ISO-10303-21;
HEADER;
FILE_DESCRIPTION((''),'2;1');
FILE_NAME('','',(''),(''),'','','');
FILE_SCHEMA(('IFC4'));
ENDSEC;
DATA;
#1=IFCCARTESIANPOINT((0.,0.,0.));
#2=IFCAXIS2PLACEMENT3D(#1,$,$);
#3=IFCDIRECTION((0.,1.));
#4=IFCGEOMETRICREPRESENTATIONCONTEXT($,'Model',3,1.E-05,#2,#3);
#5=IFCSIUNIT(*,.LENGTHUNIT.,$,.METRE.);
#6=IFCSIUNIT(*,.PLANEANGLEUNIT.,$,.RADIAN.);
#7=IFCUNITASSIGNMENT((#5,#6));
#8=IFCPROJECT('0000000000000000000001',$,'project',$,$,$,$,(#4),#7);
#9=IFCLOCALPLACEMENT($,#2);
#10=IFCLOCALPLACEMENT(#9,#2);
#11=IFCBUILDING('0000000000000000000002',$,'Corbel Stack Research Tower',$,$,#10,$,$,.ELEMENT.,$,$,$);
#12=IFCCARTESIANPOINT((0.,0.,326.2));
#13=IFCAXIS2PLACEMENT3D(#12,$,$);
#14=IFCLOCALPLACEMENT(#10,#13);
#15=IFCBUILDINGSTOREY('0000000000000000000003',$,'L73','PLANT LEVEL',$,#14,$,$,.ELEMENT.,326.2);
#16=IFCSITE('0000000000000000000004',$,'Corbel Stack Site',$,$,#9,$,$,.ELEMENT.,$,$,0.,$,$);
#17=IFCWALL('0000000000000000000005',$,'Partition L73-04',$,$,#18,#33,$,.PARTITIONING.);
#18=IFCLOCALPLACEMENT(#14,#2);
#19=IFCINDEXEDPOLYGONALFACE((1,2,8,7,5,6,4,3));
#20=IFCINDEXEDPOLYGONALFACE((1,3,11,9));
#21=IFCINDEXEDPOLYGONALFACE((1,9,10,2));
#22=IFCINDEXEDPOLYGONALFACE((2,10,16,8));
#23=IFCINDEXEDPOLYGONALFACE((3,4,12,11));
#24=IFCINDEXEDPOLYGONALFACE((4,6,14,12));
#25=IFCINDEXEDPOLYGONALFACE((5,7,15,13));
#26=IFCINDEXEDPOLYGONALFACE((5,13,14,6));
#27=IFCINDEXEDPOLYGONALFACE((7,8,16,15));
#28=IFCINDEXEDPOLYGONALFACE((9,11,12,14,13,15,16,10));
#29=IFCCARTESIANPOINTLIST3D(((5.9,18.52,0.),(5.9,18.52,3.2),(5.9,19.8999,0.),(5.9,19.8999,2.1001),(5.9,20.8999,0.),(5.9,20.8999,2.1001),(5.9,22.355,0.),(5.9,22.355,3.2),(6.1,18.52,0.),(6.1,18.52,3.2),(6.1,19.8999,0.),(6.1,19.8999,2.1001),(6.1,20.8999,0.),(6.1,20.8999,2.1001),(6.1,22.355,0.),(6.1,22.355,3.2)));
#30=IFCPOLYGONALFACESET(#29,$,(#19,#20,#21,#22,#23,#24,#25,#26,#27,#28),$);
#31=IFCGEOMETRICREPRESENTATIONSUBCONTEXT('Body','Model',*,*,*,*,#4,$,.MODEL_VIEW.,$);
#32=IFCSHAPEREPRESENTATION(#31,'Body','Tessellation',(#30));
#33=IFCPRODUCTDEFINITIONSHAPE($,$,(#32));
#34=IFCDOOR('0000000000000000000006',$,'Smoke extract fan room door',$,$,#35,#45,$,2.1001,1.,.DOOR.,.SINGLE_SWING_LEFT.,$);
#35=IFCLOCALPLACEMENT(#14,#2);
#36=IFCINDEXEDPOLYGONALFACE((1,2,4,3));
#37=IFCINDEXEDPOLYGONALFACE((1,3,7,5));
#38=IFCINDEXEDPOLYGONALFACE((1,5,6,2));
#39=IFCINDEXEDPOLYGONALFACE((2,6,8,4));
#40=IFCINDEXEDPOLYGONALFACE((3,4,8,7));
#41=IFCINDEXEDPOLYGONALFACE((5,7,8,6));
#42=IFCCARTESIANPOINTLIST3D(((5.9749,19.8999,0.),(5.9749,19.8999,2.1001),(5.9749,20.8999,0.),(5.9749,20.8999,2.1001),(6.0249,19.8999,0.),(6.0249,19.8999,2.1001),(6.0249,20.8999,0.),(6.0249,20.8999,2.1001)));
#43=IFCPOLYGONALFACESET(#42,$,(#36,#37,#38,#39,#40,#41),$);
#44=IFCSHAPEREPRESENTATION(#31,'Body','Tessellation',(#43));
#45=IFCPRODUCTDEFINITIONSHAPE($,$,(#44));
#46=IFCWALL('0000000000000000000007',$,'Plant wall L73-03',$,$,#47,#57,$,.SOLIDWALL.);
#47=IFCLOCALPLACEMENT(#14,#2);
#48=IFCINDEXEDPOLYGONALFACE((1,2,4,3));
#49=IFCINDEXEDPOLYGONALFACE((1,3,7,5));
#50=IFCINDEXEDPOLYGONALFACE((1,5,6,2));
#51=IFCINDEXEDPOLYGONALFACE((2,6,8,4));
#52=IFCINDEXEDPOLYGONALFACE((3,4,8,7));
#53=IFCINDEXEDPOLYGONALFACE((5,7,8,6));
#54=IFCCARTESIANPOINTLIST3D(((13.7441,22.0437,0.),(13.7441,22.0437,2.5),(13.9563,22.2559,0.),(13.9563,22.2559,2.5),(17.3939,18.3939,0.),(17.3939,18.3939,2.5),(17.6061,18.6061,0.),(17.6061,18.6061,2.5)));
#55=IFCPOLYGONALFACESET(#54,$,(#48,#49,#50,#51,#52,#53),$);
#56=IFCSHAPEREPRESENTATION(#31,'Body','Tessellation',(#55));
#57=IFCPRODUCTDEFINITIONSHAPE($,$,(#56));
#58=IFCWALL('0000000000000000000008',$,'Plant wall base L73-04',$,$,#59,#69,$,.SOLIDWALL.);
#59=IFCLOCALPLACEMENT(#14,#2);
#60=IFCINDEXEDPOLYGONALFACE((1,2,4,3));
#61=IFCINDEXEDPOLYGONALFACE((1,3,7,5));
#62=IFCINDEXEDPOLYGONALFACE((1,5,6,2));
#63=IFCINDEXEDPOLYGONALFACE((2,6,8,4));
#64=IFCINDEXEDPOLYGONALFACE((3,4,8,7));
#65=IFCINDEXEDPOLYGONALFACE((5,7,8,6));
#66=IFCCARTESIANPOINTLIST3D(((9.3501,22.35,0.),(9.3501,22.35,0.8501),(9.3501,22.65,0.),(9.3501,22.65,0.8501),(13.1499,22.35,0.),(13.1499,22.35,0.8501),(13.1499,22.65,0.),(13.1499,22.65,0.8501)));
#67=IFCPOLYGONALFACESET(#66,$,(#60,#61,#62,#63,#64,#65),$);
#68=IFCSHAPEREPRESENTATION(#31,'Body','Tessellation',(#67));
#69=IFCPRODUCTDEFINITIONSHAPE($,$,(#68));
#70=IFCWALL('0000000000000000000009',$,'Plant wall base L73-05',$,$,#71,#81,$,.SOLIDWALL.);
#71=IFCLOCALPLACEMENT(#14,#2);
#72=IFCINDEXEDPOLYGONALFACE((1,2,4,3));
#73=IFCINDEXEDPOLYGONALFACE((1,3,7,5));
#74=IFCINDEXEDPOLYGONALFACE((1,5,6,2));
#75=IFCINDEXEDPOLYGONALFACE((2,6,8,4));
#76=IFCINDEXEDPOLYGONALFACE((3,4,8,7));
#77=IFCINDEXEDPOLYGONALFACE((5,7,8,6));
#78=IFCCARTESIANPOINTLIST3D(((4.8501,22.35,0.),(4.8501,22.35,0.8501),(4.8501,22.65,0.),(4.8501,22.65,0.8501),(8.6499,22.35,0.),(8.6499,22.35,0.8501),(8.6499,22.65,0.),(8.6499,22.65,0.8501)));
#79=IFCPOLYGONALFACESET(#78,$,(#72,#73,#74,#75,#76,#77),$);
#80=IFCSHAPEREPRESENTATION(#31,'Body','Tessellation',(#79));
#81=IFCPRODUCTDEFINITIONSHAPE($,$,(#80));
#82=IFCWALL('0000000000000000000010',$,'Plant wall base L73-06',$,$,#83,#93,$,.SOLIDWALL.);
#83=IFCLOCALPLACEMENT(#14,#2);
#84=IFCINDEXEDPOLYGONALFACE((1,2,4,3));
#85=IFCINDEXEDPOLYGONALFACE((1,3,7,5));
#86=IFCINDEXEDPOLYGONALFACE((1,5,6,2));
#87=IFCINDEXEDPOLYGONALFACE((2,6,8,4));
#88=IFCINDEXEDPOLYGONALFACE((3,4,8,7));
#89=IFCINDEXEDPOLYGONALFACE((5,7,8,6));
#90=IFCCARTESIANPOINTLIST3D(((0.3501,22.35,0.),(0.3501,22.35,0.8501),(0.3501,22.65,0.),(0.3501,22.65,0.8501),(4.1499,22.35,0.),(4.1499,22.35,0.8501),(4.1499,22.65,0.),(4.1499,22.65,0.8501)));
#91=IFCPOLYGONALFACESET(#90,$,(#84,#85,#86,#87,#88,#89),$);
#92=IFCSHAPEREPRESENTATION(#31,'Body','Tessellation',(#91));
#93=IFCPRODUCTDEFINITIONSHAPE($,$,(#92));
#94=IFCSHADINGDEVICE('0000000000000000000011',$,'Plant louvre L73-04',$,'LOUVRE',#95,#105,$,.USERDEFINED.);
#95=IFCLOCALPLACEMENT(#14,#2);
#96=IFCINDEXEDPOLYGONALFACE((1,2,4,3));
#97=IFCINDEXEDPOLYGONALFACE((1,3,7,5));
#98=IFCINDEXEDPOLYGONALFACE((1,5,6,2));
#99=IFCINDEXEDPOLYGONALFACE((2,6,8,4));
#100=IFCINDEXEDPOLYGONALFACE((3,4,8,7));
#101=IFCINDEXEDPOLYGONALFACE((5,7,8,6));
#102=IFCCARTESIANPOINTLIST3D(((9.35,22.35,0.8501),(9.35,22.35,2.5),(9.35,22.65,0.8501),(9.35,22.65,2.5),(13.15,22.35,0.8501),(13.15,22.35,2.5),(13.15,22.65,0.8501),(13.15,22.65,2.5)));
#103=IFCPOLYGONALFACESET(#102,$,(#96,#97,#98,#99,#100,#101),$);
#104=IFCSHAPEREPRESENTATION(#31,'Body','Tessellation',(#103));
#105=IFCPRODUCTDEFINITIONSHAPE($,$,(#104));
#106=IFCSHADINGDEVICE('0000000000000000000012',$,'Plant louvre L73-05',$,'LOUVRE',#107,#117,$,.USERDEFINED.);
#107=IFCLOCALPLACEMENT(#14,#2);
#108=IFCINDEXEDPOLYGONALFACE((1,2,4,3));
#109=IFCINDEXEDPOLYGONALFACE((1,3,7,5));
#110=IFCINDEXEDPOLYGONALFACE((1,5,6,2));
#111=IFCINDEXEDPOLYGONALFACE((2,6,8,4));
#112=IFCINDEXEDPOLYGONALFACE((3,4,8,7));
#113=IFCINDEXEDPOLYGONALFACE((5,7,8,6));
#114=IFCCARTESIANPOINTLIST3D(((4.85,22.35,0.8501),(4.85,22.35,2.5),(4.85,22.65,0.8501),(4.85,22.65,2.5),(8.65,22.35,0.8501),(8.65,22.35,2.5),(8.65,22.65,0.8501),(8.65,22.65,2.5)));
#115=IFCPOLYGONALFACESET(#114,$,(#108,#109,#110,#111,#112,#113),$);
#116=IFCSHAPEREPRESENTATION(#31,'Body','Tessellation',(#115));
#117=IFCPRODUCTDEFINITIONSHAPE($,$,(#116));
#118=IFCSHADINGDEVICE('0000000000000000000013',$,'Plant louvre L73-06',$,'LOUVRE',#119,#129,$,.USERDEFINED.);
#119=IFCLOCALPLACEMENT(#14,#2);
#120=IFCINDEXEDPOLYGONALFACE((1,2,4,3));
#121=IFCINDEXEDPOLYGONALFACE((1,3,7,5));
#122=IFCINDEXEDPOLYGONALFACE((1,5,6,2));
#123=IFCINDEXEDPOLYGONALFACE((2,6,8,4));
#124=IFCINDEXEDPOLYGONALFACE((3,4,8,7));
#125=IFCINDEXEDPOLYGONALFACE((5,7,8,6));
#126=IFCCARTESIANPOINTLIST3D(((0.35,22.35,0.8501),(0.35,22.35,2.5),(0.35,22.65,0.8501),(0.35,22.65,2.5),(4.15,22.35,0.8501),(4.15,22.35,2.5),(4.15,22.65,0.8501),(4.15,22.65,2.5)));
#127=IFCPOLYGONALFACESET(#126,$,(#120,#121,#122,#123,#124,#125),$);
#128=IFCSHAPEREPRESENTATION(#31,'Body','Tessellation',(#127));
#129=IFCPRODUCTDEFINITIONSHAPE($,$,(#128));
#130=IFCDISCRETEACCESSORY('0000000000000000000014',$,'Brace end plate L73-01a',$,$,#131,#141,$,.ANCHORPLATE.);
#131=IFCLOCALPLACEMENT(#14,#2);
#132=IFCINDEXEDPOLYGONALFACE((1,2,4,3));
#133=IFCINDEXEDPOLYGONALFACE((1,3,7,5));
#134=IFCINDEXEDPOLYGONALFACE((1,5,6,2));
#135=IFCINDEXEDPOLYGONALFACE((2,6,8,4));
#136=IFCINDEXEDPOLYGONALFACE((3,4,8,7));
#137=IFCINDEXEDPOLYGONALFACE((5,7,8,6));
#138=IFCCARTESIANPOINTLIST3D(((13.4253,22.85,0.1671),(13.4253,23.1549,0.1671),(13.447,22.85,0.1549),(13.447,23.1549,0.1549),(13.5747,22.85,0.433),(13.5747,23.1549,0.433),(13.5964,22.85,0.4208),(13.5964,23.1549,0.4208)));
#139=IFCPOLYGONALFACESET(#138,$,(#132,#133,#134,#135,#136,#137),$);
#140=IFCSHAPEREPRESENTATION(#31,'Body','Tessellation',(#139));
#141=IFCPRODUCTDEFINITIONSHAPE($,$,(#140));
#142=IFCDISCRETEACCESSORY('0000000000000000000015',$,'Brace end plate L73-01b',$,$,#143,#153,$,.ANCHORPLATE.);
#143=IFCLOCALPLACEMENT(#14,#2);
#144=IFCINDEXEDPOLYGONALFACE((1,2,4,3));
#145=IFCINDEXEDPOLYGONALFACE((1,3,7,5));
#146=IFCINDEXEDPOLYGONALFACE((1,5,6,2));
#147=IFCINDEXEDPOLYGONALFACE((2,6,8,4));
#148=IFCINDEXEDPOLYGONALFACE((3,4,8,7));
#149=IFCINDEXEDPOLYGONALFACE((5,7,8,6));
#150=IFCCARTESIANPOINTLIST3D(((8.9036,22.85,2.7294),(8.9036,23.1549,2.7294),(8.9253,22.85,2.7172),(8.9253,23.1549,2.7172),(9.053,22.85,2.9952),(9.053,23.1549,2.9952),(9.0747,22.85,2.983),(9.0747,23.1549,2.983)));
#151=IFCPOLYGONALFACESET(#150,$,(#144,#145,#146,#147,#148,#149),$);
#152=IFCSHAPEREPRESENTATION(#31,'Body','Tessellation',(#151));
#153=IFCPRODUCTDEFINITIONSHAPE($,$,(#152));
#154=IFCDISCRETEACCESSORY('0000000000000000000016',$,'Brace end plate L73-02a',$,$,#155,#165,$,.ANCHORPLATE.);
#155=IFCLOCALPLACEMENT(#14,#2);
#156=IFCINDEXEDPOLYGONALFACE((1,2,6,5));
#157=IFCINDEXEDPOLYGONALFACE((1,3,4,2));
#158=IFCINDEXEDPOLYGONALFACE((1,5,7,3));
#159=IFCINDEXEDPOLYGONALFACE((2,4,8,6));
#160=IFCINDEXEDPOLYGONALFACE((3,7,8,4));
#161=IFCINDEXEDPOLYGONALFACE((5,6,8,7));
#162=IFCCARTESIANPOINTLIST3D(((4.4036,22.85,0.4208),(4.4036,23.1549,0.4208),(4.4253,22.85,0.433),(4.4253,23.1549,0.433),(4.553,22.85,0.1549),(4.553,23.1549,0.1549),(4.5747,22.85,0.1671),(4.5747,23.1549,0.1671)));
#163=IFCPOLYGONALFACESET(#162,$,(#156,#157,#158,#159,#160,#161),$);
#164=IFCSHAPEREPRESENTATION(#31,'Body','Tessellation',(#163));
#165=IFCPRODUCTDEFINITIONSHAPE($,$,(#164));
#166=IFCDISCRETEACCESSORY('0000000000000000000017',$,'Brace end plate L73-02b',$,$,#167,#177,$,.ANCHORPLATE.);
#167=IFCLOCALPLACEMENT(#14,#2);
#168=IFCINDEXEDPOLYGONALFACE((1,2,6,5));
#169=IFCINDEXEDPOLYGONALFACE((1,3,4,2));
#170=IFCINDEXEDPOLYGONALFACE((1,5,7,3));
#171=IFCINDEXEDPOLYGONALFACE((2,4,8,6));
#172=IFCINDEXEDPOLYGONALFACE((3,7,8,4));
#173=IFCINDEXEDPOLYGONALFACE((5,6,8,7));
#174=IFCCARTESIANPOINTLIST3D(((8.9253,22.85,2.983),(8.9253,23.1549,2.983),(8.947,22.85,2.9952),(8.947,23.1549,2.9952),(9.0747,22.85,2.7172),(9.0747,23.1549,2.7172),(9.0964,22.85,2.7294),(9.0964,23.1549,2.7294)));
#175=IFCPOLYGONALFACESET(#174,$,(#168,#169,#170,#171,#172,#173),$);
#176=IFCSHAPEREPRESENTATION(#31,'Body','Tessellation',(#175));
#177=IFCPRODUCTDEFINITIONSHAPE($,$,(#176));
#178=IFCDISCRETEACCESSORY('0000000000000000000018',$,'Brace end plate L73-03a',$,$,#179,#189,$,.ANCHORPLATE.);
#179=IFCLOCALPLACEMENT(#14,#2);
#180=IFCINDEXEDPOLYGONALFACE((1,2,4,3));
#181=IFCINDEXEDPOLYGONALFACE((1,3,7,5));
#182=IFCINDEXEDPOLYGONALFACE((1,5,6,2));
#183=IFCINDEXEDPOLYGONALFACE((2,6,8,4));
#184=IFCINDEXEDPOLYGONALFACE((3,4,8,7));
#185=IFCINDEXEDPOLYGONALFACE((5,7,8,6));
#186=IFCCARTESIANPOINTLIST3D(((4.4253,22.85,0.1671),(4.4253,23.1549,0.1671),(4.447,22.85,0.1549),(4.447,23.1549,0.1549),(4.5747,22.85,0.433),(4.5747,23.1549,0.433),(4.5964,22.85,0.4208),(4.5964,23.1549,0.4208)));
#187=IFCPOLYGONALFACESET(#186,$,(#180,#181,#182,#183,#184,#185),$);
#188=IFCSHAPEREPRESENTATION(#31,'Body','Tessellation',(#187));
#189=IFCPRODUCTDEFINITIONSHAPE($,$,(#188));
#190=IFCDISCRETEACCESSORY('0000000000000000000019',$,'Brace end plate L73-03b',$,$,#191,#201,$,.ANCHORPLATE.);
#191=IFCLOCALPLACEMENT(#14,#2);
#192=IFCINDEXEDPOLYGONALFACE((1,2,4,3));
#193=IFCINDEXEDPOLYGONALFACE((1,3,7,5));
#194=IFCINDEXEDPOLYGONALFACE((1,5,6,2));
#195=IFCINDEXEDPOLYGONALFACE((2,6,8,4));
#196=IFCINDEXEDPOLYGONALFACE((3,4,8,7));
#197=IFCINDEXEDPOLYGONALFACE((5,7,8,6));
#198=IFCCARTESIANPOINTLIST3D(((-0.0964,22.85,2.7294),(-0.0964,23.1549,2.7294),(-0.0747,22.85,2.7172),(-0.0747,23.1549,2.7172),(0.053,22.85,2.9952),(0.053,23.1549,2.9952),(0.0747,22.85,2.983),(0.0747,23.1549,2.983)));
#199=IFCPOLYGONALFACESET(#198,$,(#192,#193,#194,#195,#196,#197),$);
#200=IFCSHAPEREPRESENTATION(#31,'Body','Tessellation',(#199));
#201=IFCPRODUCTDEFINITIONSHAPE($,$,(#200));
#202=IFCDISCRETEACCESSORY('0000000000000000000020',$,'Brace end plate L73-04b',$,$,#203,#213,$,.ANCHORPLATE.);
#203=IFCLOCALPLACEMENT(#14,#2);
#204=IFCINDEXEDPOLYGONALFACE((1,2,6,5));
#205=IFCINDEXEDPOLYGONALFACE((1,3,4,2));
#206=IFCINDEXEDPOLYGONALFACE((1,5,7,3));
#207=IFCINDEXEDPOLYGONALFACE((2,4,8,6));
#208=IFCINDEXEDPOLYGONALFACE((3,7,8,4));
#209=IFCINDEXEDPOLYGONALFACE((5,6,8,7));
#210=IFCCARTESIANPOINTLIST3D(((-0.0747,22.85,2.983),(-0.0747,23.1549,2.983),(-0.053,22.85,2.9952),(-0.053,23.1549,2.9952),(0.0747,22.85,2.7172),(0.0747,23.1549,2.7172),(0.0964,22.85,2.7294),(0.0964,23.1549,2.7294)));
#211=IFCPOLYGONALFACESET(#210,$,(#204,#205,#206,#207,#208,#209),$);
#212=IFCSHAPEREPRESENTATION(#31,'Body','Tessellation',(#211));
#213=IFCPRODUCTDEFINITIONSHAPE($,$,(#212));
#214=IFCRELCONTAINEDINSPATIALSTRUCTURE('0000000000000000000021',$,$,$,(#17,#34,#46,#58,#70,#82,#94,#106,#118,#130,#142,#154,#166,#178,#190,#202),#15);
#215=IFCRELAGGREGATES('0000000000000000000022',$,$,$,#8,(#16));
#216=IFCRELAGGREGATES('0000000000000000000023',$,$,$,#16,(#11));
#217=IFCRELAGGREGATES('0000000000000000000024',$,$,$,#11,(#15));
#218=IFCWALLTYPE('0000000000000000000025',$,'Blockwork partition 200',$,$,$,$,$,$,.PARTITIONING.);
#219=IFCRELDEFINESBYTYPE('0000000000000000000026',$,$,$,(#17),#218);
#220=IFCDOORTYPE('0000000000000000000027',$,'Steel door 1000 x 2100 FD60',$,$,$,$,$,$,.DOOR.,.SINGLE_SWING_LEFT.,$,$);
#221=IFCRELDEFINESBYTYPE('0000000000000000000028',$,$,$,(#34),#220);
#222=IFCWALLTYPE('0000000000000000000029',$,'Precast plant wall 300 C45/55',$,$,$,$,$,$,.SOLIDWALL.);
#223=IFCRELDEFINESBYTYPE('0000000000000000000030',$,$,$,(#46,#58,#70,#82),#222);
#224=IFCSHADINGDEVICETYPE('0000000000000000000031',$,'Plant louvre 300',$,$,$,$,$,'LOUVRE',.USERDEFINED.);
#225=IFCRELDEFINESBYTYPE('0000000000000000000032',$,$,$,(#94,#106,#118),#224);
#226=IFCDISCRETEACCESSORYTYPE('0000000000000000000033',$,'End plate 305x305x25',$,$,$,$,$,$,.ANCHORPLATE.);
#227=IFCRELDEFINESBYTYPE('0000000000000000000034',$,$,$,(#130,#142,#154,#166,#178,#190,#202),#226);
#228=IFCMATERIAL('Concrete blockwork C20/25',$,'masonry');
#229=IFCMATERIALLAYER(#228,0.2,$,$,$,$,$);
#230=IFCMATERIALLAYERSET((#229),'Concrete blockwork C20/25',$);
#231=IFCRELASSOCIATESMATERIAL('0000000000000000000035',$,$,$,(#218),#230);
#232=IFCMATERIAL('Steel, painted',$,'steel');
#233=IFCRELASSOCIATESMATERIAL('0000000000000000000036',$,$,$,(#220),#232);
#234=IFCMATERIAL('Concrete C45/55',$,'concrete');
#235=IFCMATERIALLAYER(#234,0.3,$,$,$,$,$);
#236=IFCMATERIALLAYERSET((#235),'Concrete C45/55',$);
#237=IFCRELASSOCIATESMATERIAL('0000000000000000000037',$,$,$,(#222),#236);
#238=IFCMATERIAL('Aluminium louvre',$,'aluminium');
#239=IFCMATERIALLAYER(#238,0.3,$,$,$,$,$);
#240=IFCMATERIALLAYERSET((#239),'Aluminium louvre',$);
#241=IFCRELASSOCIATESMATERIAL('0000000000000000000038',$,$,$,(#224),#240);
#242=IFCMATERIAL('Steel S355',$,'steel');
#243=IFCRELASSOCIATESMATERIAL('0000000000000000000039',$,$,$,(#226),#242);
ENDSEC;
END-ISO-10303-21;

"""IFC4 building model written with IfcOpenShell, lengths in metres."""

from ifc_helpers import new_model, si_unit, direction, frame, frame_2d, origin, origin_2d, place, context, subcontext, project, spatial, rectangle, extrude, material, layer, layer_set, material_profile, profile_set, type_object, element, fill, save


model = new_model("IFC4")

# Units and contexts
model_context = context("Model", 3, precision=1e-05, world=origin(), true_north=direction((0.0, 1.0)))
body_context = subcontext(model_context, "Body", "Model", "MODEL_VIEW")
ifc_project = project(units=[si_unit("LENGTHUNIT", "METRE"), si_unit("PLANEANGLEUNIT", "RADIAN")], contexts=[model_context])

# Site, building, storey
site_placement = place(None, origin())
site = spatial("IfcSite", under=ifc_project, at=site_placement, Name="Corbel Stack Site", CompositionType="ELEMENT", RefElevation=0.0)
building_placement = place(site_placement, origin())
building = spatial("IfcBuilding", under=site, at=building_placement, Name="Corbel Stack Research Tower", CompositionType="ELEMENT")
storey_placement = place(building_placement, frame((0.0, 0.0, 326.2)))
storey = spatial("IfcBuildingStorey", under=building, at=storey_placement, Name="L73", Description="PLANT LEVEL", CompositionType="ELEMENT", Elevation=326.2)

# Wall, opening, door
ifc_material_1 = material(Name="Concrete blockwork C20/25", Category="masonry")
ifc_layer_1 = layer(ifc_material_1, 0.2)
ifc_layer_set_1 = layer_set([ifc_layer_1], Name="Concrete blockwork C20/25")
wall_type_1 = type_object("IfcWallType", Name="Blockwork partition 200", PredefinedType="PARTITIONING", material=ifc_layer_set_1)
ifc_material_2 = material(Name="Steel, painted", Category="steel")
door_type = type_object("IfcDoorType", Name="Steel door 1000 x 2100 FD60", OperationType="SINGLE_SWING_LEFT", PredefinedType="DOOR", material=ifc_material_2)
wall_1_placement = place(storey_placement, frame((6.0, 22.355, 0.0), z_axis=(0.0, 0.0, 1.0), x_axis=(0.0, -1.0, 0.0)))
wall_1 = element("IfcWall", 1, at=wall_1_placement, inside=storey, type_object=wall_type_1, Name="Partition L73-04", PredefinedType="PARTITIONING", context=body_context, shape_type="SweptSolid", body=[
    extrude(rectangle(XDim=3.835, YDim=0.2, at=frame_2d((1.9175, 0.0))), origin(), (0.0, 0.0, 1.0), 3.2),
])
opening_1_placement = place(wall_1_placement, frame((1.4551, 0.0, 0.0)))
opening_1 = element("IfcOpeningElement", 2, at=opening_1_placement, cuts=wall_1, PredefinedType="OPENING", context=body_context, shape_type="SweptSolid", body=[
    extrude(rectangle(XDim=1.0, YDim=2.1001, at=frame_2d((0.5, 1.05))), frame((0.0, 0.1099, 0.0), z_axis=(0.0, -1.0, 0.0), x_axis=(1.0, 0.0, 0.0)), (0.0, 0.0, 1.0), 0.22),
])
door_1_placement = place(opening_1_placement, origin())
door_1 = element("IfcDoor", 3, at=door_1_placement, inside=storey, type_object=door_type, Name="Smoke extract fan room door", OperationType="SINGLE_SWING_LEFT", OverallHeight=2.1001, OverallWidth=1.0, PredefinedType="DOOR", context=body_context, shape_type="SweptSolid", body=[
    extrude(rectangle(XDim=1.0, YDim=2.1001, at=frame_2d((0.5, 1.05))), frame((0.0, 0.0249, 0.0), z_axis=(0.0, -1.0, 0.0), x_axis=(1.0, 0.0, 0.0)), (0.0, 0.0, 1.0), 0.05),
])
fill(opening_1, door_1)

# Walls
ifc_material_3 = material(Name="Concrete C45/55", Category="concrete")
ifc_layer_2 = layer(ifc_material_3, 0.3)
ifc_layer_set_2 = layer_set([ifc_layer_2], Name="Concrete C45/55")
wall_type_2 = type_object("IfcWallType", Name="Precast plant wall 300 C45/55", PredefinedType="SOLIDWALL", material=ifc_layer_set_2)
wall_2_placement = place(storey_placement, frame((17.5, 18.5, 0.0), z_axis=(0.0, 0.0, 1.0), x_axis=(-0.707107, 0.707107, 0.0)))
element("IfcWall", 4, at=wall_2_placement, inside=storey, type_object=wall_type_2, Name="Plant wall L73-03", PredefinedType="SOLIDWALL", context=body_context, shape_type="SweptSolid", body=[
    extrude(rectangle(XDim=5.1616, YDim=0.3, at=frame_2d((2.5808, 0.0))), origin(), (0.0, 0.0, 1.0), 2.5),
])
for number, where, z_axis, x_axis, name in (
    (5, (13.1499, 22.5, 0.0), (0.0, 0.0, 1.0), (-1.0, 0.0, 0.0), "Plant wall base L73-04"),
    (6, (8.6499, 22.5, 0.0), (0.0, 0.0, 1.0), (-1.0, 0.0, 0.0), "Plant wall base L73-05"),
    (7, (4.1499, 22.5, 0.0), (0.0, 0.0, 1.0), (-1.0, 0.0, 0.0), "Plant wall base L73-06"),
):
    element("IfcWall", number, at=place(storey_placement, frame(where, z_axis=z_axis, x_axis=x_axis)), inside=storey, type_object=wall_type_2, Name=name, PredefinedType="SOLIDWALL", context=body_context, shape_type="SweptSolid", body=[
        extrude(rectangle(XDim=3.7998, YDim=0.3, at=frame_2d((1.8999, 0.0))), origin(), (0.0, 0.0, 1.0), 0.8501),
    ])

# Shading devices
ifc_material_4 = material(Name="Aluminium louvre", Category="aluminium")
ifc_layer_3 = layer(ifc_material_4, 0.3)
ifc_layer_set_3 = layer_set([ifc_layer_3], Name="Aluminium louvre")
shading_device_type = type_object("IfcShadingDeviceType", Name="Plant louvre 300", ElementType="LOUVRE", PredefinedType="USERDEFINED", material=ifc_layer_set_3)
for number, where, z_axis, x_axis, name in (
    (8, (11.25, 22.5, 0.8501), (0.0, 0.0, 1.0), (-1.0, 0.0, 0.0), "Plant louvre L73-04"),
    (9, (6.75, 22.5, 0.8501), (0.0, 0.0, 1.0), (-1.0, 0.0, 0.0), "Plant louvre L73-05"),
    (10, (2.25, 22.5, 0.8501), (0.0, 0.0, 1.0), (-1.0, 0.0, 0.0), "Plant louvre L73-06"),
):
    element("IfcShadingDevice", number, at=place(storey_placement, frame(where, z_axis=z_axis, x_axis=x_axis)), inside=storey, type_object=shading_device_type, Name=name, ObjectType="LOUVRE", PredefinedType="USERDEFINED", context=body_context, shape_type="SweptSolid", body=[
        extrude(rectangle(XDim=3.8, YDim=0.3, at=origin_2d()), origin(), (0.0, 0.0, 1.0), 1.6499),
    ])

# Discrete accessories
ifc_material_5 = material(Name="Steel S355", Category="steel")
ifc_material_profile_1 = material_profile(ifc_material_5, rectangle(XDim=0.3049, YDim=0.3049, at=origin_2d()), Name="End plate 305x305x25")
ifc_profile_set_1 = profile_set([ifc_material_profile_1], Name="Steel S355")
discrete_accessory_type = type_object("IfcDiscreteAccessoryType", Name="End plate 305x305x25", PredefinedType="ANCHORPLATE", material=ifc_profile_set_1)
for number, where, z_axis, x_axis, name in (
    (11, (13.5, 23.0024, 0.3), (0.871837, 0.0, -0.489796), (0.0, 1.0, 0.0), "Brace end plate L73-01a"),
    (12, (9.0, 23.0024, 2.8501), (-0.871837, 0.0, 0.489796), (0.0, -1.0, 0.0), "Brace end plate L73-01b"),
    (13, (4.5, 23.0024, 0.3), (-0.871837, 0.0, -0.489796), (0.0, -1.0, 0.0), "Brace end plate L73-02a"),
    (14, (9.0, 23.0024, 2.8501), (0.871837, 0.0, 0.489796), (0.0, 1.0, 0.0), "Brace end plate L73-02b"),
    (15, (4.5, 23.0024, 0.3), (0.871837, 0.0, -0.489796), (0.0, 1.0, 0.0), "Brace end plate L73-03a"),
    (16, (0.0, 23.0024, 2.8501), (-0.871837, 0.0, 0.489796), (0.0, -1.0, 0.0), "Brace end plate L73-03b"),
    (17, (0.0, 23.0024, 2.8501), (0.871837, 0.0, 0.489796), (0.0, 1.0, 0.0), "Brace end plate L73-04b"),
):
    element("IfcDiscreteAccessory", number, at=place(storey_placement, frame(where, z_axis=z_axis, x_axis=x_axis)), inside=storey, type_object=discrete_accessory_type, Name=name, PredefinedType="ANCHORPLATE", context=body_context, shape_type="SweptSolid", body=[
        extrude(rectangle(XDim=0.3049, YDim=0.3049, at=origin_2d()), origin(), (0.0, 0.0, 1.0), 0.0249),
    ])

save(model, "model.ifc")
